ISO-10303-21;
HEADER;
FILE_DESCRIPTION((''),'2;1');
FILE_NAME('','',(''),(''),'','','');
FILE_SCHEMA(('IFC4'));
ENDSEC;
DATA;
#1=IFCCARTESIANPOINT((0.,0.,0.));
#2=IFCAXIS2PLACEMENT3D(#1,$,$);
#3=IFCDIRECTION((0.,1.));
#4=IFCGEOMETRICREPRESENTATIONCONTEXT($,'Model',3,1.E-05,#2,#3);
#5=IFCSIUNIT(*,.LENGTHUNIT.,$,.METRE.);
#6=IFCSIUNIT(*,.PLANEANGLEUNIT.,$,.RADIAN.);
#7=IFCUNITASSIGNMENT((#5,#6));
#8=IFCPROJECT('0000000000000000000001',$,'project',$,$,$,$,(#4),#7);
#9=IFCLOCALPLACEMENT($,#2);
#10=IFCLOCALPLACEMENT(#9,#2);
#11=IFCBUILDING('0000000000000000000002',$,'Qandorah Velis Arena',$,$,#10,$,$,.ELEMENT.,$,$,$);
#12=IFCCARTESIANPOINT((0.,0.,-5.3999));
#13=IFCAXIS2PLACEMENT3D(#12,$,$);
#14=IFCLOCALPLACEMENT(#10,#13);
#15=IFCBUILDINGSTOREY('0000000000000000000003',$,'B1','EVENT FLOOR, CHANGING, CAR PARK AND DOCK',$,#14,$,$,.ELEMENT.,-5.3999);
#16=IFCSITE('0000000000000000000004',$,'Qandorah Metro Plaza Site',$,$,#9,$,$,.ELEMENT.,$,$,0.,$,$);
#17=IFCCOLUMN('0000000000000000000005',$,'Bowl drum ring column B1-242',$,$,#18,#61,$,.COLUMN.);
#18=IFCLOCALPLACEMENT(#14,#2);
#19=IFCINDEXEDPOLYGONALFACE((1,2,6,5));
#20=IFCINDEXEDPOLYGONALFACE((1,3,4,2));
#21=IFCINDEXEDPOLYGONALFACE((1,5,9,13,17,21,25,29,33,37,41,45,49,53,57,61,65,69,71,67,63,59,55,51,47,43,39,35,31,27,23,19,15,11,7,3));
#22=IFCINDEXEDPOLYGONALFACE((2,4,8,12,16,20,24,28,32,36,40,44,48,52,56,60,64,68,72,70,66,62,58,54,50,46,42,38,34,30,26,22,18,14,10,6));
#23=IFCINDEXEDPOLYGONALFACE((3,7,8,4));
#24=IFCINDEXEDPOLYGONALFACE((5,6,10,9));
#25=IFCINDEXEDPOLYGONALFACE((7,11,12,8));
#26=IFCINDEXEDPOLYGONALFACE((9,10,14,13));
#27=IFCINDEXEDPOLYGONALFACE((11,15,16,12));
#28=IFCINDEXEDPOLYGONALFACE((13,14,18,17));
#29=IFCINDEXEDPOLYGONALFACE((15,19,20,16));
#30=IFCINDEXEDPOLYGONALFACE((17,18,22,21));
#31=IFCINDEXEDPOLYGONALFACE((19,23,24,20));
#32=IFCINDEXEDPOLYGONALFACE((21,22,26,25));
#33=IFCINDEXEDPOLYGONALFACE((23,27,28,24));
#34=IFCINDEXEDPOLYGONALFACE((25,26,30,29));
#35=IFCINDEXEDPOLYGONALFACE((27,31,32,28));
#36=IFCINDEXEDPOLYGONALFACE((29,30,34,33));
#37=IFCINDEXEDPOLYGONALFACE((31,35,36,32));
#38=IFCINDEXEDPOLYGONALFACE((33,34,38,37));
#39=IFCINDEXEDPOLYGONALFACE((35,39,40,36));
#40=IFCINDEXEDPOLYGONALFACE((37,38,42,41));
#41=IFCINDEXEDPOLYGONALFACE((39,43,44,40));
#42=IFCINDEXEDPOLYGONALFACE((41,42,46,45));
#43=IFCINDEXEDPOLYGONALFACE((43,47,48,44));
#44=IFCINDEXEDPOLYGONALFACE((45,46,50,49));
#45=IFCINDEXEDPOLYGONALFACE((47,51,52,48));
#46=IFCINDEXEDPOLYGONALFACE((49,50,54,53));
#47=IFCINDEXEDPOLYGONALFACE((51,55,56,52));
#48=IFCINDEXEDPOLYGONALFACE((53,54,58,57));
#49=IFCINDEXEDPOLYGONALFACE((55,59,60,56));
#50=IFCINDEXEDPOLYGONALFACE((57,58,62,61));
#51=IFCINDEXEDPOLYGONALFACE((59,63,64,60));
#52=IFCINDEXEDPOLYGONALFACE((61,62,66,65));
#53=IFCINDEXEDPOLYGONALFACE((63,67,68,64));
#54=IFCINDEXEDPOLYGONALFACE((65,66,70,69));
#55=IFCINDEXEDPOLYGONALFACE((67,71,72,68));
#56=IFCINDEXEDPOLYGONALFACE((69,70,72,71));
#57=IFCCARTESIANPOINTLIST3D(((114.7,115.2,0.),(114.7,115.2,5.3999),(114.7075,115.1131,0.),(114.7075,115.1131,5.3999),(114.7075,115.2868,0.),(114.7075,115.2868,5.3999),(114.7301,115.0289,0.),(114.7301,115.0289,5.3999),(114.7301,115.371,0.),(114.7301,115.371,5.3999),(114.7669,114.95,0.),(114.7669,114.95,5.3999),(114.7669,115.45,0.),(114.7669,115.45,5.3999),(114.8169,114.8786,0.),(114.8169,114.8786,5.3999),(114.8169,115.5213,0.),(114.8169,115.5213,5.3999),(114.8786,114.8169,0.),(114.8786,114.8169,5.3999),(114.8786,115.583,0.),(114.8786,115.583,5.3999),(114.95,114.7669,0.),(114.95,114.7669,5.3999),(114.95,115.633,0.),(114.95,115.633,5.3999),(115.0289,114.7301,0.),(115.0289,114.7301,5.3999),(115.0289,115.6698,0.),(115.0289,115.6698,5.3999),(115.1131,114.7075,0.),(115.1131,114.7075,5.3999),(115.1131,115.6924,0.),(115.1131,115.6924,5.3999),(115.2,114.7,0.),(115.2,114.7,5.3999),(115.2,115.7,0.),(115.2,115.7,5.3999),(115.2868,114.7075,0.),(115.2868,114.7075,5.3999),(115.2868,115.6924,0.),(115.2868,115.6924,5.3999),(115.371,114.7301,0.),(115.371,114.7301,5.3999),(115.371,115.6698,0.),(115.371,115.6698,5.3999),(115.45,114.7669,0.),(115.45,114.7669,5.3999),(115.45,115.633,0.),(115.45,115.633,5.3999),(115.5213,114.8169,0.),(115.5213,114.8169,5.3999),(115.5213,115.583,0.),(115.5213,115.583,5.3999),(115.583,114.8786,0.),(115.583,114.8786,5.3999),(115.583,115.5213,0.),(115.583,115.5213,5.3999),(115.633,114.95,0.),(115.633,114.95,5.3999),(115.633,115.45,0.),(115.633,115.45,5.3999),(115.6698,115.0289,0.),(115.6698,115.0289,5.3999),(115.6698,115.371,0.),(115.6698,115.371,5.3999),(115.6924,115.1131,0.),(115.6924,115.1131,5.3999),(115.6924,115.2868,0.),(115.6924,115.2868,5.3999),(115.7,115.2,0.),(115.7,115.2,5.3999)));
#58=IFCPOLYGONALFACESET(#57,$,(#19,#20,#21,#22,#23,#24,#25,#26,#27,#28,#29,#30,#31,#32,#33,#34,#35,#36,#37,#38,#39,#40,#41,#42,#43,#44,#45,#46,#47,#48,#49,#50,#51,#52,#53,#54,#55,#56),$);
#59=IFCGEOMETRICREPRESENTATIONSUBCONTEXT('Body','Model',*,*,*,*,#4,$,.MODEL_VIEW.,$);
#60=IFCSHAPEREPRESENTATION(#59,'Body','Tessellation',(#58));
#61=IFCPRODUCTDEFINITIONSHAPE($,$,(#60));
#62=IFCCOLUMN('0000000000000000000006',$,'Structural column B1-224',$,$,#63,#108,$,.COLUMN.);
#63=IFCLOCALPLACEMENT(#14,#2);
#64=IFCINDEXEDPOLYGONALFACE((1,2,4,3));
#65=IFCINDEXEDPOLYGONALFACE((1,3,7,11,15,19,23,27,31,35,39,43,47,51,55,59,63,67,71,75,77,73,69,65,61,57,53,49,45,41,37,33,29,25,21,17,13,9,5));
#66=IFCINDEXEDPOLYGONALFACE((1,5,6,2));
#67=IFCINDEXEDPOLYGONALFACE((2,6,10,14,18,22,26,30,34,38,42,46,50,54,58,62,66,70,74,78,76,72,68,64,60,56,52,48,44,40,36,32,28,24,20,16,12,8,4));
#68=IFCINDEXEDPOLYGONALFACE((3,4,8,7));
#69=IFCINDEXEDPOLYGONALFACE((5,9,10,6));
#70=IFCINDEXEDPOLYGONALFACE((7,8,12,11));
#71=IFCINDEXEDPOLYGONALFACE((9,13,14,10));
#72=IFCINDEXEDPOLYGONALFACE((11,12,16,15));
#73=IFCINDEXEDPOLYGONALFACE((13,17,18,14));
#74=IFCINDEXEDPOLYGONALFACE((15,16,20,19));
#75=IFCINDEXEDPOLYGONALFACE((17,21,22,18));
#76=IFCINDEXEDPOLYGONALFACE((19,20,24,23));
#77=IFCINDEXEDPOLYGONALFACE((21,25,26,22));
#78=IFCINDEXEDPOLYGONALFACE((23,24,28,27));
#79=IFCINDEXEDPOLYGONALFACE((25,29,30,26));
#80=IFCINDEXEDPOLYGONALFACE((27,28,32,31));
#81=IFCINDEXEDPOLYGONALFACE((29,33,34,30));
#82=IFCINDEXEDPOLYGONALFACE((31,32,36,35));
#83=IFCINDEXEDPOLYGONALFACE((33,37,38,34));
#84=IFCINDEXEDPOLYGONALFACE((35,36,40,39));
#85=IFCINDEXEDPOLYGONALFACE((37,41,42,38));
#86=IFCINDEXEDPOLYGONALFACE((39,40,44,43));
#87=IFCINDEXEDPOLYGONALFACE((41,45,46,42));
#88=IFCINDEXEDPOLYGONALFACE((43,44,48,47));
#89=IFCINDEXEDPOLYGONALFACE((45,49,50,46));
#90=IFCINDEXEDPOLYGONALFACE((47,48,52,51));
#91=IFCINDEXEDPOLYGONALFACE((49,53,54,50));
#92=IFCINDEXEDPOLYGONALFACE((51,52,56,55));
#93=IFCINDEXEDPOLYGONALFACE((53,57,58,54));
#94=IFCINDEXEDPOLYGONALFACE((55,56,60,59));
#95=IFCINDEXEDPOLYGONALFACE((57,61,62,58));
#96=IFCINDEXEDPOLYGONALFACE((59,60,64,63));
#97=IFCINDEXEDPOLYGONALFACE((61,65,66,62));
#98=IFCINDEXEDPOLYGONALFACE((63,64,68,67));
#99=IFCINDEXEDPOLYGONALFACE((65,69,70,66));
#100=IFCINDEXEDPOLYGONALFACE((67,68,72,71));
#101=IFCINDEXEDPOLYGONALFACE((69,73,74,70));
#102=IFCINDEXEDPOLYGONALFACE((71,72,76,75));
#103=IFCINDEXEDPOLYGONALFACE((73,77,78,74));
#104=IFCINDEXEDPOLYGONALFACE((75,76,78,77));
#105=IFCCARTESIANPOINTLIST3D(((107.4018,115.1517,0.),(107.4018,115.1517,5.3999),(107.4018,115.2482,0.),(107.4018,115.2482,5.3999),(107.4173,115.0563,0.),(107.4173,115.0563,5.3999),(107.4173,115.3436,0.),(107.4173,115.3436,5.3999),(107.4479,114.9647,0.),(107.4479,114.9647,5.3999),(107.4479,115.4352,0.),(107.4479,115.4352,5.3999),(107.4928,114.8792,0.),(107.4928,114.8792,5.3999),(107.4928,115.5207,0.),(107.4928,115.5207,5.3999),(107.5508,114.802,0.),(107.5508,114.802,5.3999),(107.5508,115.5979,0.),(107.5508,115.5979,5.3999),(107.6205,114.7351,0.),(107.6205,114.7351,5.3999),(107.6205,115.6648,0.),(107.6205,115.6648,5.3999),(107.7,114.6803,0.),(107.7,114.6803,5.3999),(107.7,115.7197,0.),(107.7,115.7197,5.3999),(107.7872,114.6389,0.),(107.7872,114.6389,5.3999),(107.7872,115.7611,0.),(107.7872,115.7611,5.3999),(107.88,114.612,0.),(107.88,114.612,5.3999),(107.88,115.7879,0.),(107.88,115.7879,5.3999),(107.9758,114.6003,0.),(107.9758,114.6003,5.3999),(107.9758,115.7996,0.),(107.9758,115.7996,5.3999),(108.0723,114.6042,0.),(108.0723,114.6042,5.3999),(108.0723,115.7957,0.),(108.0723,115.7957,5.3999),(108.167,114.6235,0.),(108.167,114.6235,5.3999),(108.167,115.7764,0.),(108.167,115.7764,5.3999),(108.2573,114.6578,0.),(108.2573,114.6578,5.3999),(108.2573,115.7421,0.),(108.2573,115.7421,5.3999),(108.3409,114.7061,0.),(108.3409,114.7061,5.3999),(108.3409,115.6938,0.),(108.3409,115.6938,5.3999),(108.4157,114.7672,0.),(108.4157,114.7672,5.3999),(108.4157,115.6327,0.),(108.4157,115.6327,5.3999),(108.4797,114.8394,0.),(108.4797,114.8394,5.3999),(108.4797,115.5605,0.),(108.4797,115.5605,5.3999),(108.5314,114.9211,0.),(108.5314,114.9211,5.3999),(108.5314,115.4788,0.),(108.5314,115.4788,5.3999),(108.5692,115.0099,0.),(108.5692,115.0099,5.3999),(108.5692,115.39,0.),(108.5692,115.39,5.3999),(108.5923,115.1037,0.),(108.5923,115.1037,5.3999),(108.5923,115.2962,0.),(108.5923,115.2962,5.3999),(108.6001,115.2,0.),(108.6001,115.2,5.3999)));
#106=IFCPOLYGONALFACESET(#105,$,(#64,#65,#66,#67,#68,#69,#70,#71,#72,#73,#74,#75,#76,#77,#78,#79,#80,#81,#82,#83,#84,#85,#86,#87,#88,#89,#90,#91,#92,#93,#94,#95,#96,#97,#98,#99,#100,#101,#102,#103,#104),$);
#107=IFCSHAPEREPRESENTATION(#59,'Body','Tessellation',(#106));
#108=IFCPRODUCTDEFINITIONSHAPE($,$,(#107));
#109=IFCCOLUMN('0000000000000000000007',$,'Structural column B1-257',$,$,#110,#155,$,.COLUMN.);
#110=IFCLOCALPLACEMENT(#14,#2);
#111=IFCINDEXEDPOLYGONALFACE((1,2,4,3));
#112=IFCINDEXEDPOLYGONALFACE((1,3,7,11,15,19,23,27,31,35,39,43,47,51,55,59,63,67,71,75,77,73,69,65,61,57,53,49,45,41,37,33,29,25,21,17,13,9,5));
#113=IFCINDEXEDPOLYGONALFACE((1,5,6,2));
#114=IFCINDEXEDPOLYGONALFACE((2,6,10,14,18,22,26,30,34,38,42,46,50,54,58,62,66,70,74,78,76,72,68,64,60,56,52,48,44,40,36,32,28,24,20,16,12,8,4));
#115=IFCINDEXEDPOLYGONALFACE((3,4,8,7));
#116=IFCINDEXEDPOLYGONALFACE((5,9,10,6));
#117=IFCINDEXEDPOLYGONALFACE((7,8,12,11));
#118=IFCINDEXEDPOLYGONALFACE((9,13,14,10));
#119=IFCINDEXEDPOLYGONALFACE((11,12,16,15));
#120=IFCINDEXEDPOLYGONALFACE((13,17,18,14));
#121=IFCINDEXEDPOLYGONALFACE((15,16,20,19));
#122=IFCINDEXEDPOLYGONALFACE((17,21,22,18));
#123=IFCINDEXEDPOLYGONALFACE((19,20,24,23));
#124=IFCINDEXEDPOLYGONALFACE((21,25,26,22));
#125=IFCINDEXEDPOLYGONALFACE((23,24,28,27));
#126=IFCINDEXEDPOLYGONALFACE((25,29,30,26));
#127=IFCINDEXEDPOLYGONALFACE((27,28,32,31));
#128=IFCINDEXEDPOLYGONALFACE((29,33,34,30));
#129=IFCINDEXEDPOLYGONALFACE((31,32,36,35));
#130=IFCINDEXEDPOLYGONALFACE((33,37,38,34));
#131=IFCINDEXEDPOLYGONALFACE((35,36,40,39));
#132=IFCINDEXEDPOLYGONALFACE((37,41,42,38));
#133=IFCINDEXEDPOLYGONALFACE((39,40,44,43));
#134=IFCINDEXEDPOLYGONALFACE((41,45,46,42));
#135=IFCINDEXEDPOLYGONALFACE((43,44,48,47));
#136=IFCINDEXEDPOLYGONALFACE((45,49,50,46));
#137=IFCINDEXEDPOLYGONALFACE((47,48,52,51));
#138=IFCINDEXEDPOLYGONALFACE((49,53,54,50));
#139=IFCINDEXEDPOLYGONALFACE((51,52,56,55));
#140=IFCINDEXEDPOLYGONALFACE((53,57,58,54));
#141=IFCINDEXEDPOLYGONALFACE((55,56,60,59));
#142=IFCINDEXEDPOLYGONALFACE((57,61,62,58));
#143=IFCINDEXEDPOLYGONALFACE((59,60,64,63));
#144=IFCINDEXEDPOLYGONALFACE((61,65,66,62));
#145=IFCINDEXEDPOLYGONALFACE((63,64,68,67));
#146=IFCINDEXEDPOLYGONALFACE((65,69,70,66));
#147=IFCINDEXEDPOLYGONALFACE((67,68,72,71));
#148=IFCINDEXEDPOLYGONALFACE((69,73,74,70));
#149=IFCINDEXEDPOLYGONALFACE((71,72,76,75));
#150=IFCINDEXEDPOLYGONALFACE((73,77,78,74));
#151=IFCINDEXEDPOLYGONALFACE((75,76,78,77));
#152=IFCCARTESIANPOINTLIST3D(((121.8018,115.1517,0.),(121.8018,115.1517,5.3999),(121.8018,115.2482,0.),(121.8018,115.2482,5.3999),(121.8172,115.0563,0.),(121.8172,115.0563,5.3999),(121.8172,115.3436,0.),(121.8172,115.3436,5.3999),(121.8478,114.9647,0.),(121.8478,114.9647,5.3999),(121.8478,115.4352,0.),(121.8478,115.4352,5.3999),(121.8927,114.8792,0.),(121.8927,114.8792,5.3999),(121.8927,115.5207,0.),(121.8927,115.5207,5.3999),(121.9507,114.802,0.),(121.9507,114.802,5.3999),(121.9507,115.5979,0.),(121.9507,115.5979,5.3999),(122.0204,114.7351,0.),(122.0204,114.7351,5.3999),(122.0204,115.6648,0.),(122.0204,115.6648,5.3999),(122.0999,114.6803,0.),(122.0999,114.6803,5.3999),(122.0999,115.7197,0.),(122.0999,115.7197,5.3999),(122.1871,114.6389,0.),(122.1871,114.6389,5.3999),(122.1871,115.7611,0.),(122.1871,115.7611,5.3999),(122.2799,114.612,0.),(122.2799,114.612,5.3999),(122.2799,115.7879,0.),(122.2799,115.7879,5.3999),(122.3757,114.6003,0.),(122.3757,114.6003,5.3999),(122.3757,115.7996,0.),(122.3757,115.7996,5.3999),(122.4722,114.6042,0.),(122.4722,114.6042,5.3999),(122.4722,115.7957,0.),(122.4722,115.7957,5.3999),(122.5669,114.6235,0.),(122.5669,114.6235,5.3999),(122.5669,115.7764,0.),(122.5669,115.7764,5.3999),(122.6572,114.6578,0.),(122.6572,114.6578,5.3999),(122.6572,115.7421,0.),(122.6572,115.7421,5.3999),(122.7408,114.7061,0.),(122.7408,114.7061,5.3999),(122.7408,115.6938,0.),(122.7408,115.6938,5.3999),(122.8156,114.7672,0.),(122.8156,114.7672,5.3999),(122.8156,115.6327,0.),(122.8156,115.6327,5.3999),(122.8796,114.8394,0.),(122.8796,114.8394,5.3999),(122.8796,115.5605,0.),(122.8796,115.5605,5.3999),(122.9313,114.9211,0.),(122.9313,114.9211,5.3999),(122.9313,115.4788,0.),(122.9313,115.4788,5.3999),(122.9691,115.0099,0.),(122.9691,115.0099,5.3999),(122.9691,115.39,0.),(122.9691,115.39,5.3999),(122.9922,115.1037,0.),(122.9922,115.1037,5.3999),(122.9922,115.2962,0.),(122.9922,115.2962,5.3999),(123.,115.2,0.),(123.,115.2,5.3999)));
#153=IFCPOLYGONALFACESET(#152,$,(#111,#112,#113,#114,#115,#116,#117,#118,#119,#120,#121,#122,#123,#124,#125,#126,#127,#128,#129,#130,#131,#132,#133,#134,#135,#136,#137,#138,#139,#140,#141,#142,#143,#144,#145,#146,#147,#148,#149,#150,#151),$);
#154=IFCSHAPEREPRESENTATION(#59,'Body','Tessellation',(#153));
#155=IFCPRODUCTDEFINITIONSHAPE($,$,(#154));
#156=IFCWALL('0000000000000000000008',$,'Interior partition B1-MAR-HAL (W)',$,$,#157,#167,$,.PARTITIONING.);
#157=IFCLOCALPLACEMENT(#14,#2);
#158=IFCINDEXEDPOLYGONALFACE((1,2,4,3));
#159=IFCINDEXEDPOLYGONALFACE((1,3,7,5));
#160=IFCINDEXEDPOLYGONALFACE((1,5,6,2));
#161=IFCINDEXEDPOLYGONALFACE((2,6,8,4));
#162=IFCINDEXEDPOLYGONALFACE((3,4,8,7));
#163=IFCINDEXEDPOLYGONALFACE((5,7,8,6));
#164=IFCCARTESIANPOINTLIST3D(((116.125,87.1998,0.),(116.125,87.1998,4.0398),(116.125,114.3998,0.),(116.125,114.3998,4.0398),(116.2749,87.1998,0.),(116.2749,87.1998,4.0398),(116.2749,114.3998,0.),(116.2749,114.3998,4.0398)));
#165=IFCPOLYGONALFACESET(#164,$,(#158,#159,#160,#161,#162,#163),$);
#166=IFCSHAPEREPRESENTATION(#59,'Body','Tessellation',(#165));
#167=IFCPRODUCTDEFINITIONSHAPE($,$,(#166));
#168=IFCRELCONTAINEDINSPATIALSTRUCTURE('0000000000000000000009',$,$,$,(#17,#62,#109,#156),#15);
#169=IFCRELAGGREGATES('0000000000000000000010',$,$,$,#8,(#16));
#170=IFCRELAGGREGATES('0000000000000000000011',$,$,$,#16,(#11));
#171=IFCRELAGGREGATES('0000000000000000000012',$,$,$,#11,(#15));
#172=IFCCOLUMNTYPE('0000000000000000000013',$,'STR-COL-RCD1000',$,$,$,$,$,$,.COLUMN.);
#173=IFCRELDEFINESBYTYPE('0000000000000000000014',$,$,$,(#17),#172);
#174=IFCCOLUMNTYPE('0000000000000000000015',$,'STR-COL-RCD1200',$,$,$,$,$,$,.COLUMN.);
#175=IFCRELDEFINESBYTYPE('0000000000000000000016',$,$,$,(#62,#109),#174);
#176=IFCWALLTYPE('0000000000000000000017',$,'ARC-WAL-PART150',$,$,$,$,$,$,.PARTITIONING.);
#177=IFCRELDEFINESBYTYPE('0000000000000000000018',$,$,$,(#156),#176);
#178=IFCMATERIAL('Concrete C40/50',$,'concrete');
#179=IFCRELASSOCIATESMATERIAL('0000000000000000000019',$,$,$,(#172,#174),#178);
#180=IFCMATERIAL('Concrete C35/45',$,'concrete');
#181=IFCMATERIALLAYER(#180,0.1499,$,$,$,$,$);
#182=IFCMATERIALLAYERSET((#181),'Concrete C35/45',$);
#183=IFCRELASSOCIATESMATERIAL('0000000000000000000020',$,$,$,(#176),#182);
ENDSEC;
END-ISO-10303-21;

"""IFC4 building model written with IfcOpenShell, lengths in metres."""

from ifc_helpers import new_model, si_unit, direction, frame, frame_2d, origin, origin_2d, place, context, subcontext, project, spatial, rectangle, circle, extrude, material, layer, layer_set, material_profile, profile_set, type_object, element, save


model = new_model("IFC4")

# Units and contexts
model_context = context("Model", 3, precision=1e-05, world=origin(), true_north=direction((0.0, 1.0)))
body_context = subcontext(model_context, "Body", "Model", "MODEL_VIEW")
ifc_project = project(units=[si_unit("LENGTHUNIT", "METRE"), si_unit("PLANEANGLEUNIT", "RADIAN")], contexts=[model_context])

# Site, building, storey
site_placement = place(None, origin())
site = spatial("IfcSite", under=ifc_project, at=site_placement, Name="Qandorah Metro Plaza Site", CompositionType="ELEMENT", RefElevation=0.0)
building_placement = place(site_placement, origin())
building = spatial("IfcBuilding", under=site, at=building_placement, Name="Qandorah Velis Arena", CompositionType="ELEMENT")
storey_placement = place(building_placement, frame((0.0, 0.0, -5.3999)))
storey = spatial("IfcBuildingStorey", under=building, at=storey_placement, Name="B1", Description="EVENT FLOOR, CHANGING, CAR PARK AND DOCK", CompositionType="ELEMENT", Elevation=-5.3999)

# Shared definitions
ifc_material_1 = material(Name="Concrete C40/50", Category="concrete")

# Columns
ifc_material_profile_1 = material_profile(ifc_material_1, circle(Radius=0.5, at=origin_2d()), Name="RC D1000")
ifc_profile_set_1 = profile_set([ifc_material_profile_1], Name="Concrete C40/50")
column_type_1 = type_object("IfcColumnType", Name="STR-COL-RCD1000", PredefinedType="COLUMN", material=ifc_profile_set_1)
column_placement = place(storey_placement, frame((115.2, 115.2, 0.0), z_axis=(0.0, 0.0, 1.0), x_axis=(1.0, 0.0, 0.0)))
element("IfcColumn", 1, at=column_placement, inside=storey, type_object=column_type_1, Name="Bowl drum ring column B1-242", PredefinedType="COLUMN", context=body_context, shape_type="SweptSolid", body=[
    extrude(circle(Radius=0.5, at=origin_2d()), origin(), (0.0, 0.0, 1.0), 5.3999),
])
ifc_material_profile_2 = material_profile(ifc_material_1, circle(Radius=0.6001, at=origin_2d()), Name="RC D1200")
ifc_profile_set_2 = profile_set([ifc_material_profile_2], Name="Concrete C40/50")
column_type_2 = type_object("IfcColumnType", Name="STR-COL-RCD1200", PredefinedType="COLUMN", material=ifc_profile_set_2)
for number, where, z_axis, x_axis, name in (
    (2, (108.0, 115.2, 0.0), (0.0, 0.0, 1.0), (1.0, 0.0, 0.0), "Structural column B1-224"),
    (3, (122.3999, 115.2, 0.0), (0.0, 0.0, 1.0), (1.0, 0.0, 0.0), "Structural column B1-257"),
):
    element("IfcColumn", number, at=place(storey_placement, frame(where, z_axis=z_axis, x_axis=x_axis)), inside=storey, type_object=column_type_2, Name=name, PredefinedType="COLUMN", context=body_context, shape_type="SweptSolid", body=[
        extrude(circle(Radius=0.6001, at=origin_2d()), origin(), (0.0, 0.0, 1.0), 5.3999),
    ])

# Wall
ifc_material_2 = material(Name="Concrete C35/45", Category="concrete")
ifc_layer = layer(ifc_material_2, 0.1499)
ifc_layer_set = layer_set([ifc_layer], Name="Concrete C35/45")
wall_type = type_object("IfcWallType", Name="ARC-WAL-PART150", PredefinedType="PARTITIONING", material=ifc_layer_set)
wall_placement = place(storey_placement, frame((116.2, 114.3999, 0.0), z_axis=(0.0, 0.0, 1.0), x_axis=(0.0, -1.0, 0.0)))
element("IfcWall", 4, at=wall_placement, inside=storey, type_object=wall_type, Name="Interior partition B1-MAR-HAL (W)", PredefinedType="PARTITIONING", context=body_context, shape_type="SweptSolid", body=[
    extrude(rectangle(XDim=27.2, YDim=0.1499, at=frame_2d((13.6001, 0.0))), origin(), (0.0, 0.0, 1.0), 4.0398),
])

save(model, "model.ifc")
